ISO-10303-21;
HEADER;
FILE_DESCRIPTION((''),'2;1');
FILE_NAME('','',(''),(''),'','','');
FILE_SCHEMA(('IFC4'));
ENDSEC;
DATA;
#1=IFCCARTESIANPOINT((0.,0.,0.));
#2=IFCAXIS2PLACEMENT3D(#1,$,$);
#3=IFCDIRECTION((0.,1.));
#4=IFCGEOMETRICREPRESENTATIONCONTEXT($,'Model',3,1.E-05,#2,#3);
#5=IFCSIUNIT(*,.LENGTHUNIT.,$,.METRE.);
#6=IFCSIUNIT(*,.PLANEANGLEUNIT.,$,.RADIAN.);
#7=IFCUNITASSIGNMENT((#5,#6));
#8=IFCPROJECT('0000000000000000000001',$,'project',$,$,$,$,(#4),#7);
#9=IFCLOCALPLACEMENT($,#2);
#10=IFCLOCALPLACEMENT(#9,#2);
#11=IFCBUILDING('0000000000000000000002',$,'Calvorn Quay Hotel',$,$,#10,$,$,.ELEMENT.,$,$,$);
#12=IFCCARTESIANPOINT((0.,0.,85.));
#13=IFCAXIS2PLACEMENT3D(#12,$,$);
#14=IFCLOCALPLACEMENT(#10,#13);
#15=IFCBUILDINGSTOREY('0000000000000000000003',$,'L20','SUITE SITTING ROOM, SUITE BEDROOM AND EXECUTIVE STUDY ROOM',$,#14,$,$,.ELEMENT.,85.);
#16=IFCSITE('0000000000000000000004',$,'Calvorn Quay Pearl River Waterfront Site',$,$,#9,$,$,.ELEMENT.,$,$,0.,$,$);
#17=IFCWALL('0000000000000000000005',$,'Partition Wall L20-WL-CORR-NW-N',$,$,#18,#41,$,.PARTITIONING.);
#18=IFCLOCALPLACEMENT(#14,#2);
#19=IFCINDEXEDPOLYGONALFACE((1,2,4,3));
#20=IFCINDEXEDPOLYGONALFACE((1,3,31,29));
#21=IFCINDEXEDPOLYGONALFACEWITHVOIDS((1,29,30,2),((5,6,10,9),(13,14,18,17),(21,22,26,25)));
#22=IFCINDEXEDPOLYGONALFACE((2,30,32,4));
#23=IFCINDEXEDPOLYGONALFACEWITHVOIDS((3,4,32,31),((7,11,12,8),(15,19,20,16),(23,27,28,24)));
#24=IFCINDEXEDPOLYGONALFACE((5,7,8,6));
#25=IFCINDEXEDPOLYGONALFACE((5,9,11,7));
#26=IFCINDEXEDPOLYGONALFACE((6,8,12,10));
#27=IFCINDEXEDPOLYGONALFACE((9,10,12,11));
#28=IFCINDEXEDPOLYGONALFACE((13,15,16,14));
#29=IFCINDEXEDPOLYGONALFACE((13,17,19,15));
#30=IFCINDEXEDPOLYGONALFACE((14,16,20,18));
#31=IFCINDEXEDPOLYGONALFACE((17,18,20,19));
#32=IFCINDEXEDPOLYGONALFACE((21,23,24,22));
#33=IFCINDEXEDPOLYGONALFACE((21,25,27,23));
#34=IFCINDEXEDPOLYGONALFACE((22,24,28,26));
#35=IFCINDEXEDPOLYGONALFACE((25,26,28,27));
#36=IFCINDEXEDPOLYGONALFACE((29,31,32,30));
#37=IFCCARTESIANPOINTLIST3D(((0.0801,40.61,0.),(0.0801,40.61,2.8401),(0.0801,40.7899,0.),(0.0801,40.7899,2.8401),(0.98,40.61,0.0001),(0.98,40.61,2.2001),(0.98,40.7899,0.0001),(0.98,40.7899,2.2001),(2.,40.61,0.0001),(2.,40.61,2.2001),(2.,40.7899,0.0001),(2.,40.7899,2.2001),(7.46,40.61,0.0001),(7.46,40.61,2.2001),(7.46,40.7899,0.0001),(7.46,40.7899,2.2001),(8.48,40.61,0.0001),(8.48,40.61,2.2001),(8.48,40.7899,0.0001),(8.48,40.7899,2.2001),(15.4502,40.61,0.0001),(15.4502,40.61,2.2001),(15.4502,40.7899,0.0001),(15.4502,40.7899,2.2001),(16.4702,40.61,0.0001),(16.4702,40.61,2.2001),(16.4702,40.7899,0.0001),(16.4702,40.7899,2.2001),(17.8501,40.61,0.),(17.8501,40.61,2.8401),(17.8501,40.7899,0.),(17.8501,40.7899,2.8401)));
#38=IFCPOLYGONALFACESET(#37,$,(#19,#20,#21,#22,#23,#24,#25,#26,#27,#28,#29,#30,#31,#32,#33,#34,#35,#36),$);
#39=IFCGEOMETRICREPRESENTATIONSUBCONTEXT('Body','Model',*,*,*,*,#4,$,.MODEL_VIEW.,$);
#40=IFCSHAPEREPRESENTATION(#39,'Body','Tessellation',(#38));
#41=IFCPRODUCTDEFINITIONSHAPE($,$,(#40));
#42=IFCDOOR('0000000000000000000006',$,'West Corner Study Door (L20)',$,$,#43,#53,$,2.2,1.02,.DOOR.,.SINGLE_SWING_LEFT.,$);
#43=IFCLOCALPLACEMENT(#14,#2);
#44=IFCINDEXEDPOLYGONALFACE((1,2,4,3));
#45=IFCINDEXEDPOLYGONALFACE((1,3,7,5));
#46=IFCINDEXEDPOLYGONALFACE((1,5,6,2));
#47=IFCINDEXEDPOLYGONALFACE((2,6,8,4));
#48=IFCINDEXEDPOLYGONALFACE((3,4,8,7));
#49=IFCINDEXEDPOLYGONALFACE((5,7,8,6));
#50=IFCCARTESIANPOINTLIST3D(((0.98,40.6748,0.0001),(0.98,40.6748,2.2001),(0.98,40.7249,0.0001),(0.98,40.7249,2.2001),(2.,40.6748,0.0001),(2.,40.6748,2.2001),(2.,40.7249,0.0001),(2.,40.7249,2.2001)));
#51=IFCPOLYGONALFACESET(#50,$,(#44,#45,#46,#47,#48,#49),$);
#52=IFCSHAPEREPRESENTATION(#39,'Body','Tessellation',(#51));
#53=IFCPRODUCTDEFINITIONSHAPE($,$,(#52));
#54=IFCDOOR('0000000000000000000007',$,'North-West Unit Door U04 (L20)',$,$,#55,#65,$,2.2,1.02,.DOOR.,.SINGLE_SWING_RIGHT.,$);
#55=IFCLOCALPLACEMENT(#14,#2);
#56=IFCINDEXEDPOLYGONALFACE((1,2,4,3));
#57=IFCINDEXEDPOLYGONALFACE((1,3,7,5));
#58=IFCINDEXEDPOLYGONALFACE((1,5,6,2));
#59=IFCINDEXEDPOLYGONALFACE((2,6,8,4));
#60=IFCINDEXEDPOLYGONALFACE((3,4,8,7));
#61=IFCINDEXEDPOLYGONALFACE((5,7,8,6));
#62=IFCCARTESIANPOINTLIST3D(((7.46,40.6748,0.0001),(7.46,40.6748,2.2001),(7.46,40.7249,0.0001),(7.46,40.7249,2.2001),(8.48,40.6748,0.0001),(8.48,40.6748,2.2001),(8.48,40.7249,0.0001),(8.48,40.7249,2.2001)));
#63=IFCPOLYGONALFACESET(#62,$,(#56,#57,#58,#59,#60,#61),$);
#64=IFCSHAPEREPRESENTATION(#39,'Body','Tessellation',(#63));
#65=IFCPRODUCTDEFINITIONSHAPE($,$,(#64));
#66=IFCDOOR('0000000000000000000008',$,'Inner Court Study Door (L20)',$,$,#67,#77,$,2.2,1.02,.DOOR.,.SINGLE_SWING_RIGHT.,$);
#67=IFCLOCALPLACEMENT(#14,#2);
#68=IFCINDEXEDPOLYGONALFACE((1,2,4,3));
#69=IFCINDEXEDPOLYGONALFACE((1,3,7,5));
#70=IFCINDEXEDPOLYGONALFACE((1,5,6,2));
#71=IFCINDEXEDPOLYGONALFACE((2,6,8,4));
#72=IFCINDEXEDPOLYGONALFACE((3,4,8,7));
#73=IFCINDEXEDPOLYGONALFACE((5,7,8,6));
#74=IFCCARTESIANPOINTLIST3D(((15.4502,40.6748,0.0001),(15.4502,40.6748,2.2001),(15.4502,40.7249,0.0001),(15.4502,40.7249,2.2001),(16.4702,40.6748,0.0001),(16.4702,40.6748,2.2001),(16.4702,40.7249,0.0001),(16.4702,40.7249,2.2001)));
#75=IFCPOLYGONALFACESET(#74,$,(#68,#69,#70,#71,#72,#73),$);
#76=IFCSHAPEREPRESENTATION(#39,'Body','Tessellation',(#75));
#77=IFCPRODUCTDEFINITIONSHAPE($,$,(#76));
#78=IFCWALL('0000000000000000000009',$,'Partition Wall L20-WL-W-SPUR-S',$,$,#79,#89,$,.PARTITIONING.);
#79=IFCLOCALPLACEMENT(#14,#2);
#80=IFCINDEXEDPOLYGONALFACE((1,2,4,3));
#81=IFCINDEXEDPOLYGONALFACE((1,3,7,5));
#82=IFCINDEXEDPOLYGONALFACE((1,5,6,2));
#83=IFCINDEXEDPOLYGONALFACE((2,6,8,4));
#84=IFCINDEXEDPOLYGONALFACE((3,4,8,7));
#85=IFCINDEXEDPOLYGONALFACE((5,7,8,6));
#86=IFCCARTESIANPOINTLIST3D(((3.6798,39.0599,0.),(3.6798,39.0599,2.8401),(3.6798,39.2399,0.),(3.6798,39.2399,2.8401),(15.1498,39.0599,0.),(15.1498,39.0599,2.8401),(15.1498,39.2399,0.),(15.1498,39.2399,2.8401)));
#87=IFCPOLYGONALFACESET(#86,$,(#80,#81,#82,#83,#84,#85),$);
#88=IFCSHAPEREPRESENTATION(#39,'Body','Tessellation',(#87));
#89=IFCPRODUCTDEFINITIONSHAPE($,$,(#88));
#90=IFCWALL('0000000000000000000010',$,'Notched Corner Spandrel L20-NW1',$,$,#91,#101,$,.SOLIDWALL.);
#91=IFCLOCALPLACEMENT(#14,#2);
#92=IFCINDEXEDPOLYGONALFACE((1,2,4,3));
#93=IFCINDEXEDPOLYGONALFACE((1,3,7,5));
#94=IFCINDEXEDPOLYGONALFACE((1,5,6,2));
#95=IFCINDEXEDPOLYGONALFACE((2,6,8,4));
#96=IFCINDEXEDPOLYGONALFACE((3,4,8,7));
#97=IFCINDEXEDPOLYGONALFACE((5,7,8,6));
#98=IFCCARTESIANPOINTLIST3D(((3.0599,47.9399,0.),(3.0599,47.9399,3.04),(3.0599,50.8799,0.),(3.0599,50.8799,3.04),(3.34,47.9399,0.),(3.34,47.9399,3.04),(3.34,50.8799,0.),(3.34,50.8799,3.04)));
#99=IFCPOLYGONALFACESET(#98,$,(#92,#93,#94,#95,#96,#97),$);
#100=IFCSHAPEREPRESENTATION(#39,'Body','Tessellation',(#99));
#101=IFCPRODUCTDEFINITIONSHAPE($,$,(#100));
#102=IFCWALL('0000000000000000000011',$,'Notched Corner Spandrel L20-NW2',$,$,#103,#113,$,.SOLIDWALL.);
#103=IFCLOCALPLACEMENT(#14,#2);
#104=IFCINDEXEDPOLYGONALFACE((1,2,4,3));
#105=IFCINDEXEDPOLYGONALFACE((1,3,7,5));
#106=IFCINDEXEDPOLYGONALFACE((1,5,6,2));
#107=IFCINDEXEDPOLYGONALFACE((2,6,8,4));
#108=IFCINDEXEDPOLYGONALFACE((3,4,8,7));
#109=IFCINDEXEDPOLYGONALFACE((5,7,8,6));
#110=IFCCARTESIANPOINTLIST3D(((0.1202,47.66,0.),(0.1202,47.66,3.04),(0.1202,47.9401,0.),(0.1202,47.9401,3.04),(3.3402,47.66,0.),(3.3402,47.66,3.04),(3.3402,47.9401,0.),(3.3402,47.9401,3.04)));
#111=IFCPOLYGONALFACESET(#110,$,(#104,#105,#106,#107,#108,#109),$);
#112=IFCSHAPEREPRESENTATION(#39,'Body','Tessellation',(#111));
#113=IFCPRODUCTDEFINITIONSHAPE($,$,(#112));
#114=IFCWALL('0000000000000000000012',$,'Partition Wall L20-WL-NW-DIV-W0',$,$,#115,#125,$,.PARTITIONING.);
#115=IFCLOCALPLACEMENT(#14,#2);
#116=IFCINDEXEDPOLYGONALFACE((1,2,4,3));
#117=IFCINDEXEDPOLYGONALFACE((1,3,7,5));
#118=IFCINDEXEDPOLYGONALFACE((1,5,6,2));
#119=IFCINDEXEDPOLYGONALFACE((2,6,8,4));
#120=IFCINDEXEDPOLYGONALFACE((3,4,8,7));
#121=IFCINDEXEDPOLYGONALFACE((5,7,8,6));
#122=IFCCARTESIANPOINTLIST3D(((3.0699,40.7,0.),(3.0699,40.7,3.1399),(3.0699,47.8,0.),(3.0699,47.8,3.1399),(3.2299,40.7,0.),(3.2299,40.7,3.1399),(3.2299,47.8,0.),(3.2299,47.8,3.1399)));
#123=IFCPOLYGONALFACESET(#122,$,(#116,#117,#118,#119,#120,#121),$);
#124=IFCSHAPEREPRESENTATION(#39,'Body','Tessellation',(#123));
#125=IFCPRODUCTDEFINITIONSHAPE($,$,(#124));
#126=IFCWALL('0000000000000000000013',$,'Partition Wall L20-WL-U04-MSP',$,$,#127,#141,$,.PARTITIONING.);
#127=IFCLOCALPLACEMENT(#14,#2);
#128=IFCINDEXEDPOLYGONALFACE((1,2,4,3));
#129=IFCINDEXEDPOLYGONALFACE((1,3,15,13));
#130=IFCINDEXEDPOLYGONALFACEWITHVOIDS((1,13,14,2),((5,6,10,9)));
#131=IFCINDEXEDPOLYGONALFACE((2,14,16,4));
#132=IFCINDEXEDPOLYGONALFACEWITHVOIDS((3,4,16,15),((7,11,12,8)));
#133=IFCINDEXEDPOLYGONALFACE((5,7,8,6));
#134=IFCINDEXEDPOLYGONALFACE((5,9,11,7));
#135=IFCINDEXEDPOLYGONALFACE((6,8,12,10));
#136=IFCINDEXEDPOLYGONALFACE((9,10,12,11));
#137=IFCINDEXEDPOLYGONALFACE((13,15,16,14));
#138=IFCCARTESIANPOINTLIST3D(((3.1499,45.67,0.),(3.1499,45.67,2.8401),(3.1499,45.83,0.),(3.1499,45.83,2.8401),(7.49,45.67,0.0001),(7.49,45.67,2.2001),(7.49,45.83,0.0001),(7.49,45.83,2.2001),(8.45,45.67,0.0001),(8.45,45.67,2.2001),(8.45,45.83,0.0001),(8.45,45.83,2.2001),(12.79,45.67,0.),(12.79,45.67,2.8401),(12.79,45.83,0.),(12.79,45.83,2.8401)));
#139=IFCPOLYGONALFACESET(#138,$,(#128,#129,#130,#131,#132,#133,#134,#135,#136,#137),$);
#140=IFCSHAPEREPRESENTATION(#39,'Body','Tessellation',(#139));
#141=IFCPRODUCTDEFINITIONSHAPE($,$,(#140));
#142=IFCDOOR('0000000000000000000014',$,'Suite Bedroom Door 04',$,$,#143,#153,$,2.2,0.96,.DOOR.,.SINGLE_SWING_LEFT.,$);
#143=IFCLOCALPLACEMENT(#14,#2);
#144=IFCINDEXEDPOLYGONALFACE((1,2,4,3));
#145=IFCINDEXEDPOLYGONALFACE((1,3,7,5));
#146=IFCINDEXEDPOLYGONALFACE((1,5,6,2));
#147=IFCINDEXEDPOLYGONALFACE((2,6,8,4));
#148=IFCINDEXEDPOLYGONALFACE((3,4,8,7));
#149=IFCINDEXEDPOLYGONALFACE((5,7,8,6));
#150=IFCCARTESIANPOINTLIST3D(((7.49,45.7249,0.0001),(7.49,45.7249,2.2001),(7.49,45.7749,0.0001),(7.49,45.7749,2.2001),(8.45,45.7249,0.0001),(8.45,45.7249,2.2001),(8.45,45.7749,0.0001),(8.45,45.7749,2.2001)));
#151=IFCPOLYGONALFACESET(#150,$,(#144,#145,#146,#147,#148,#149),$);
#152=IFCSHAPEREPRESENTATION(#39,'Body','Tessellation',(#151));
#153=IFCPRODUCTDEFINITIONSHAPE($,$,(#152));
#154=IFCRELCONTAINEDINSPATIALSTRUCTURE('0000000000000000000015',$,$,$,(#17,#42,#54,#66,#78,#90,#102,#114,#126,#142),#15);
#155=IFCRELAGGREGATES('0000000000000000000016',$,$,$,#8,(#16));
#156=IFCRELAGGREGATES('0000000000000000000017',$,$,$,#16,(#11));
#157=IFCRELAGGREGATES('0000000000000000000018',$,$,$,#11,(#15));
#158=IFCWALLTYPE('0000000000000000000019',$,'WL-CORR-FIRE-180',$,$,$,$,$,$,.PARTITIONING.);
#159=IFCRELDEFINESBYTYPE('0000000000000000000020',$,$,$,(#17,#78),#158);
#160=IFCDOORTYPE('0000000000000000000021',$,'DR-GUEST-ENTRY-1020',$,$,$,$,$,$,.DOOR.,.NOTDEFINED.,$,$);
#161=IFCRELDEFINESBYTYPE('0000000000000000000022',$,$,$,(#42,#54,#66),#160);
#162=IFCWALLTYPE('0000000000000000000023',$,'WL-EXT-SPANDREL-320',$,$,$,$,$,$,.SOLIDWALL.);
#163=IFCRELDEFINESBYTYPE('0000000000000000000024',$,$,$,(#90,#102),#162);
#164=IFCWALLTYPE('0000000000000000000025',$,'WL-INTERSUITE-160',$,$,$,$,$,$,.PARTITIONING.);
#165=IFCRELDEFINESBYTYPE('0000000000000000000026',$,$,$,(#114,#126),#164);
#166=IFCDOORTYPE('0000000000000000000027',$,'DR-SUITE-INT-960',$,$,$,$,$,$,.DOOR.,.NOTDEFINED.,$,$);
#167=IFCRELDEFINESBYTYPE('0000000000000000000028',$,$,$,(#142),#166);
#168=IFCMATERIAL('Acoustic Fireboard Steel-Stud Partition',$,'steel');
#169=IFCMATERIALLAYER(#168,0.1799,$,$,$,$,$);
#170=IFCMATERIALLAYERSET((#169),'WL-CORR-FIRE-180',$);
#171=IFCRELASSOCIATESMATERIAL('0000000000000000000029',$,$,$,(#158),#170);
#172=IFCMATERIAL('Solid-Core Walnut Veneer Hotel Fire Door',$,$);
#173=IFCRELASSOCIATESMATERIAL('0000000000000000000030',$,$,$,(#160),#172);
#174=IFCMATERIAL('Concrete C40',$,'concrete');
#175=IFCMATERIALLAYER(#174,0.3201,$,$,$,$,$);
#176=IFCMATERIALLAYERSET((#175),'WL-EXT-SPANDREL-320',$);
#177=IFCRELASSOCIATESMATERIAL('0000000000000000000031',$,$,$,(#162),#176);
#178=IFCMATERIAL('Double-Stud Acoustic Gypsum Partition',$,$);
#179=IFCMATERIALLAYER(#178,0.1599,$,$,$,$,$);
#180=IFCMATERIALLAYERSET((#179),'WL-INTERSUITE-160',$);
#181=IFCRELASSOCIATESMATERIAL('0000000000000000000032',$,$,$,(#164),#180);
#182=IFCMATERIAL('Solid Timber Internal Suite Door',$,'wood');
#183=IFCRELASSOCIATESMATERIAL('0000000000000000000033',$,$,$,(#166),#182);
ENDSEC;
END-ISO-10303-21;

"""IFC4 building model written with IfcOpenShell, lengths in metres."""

from ifc_helpers import new_model, si_unit, direction, frame, frame_2d, origin, place, context, subcontext, project, spatial, rectangle, extrude, material, layer, layer_set, type_object, element, fill, save


model = new_model("IFC4")

# Units and contexts
model_context = context("Model", 3, precision=1e-05, world=origin(), true_north=direction((0.0, 1.0)))
body_context = subcontext(model_context, "Body", "Model", "MODEL_VIEW")
ifc_project = project(units=[si_unit("LENGTHUNIT", "METRE"), si_unit("PLANEANGLEUNIT", "RADIAN")], contexts=[model_context])

# Site, building, storey
site_placement = place(None, origin())
site = spatial("IfcSite", under=ifc_project, at=site_placement, Name="Calvorn Quay Pearl River Waterfront Site", CompositionType="ELEMENT", RefElevation=0.0)
building_placement = place(site_placement, origin())
building = spatial("IfcBuilding", under=site, at=building_placement, Name="Calvorn Quay Hotel", CompositionType="ELEMENT")
storey_placement = place(building_placement, frame((0.0, 0.0, 85.0)))
storey = spatial("IfcBuildingStorey", under=building, at=storey_placement, Name="L20", Description="SUITE SITTING ROOM, SUITE BEDROOM AND EXECUTIVE STUDY ROOM", CompositionType="ELEMENT", Elevation=85.0)

# Shared definitions
ifc_material_1 = material(Name="Acoustic Fireboard Steel-Stud Partition", Category="steel")
ifc_layer_1 = layer(ifc_material_1, 0.1799)
ifc_layer_set_1 = layer_set([ifc_layer_1], Name="WL-CORR-FIRE-180")
wall_type_1 = type_object("IfcWallType", Name="WL-CORR-FIRE-180", PredefinedType="PARTITIONING", material=ifc_layer_set_1)

# Wall, openings, doors
wall_1_placement = place(storey_placement, frame((0.0801, 40.7, 0.0), z_axis=(0.0, 0.0, 1.0), x_axis=(1.0, 0.0, 0.0)))
wall_1 = element("IfcWall", 1, at=wall_1_placement, inside=storey, type_object=wall_type_1, Name="Partition Wall L20-WL-CORR-NW-N", PredefinedType="PARTITIONING", context=body_context, shape_type="SweptSolid", body=[
    extrude(rectangle(XDim=17.77, YDim=0.1799, at=frame_2d((8.885, 0.0))), origin(), (0.0, 0.0, 1.0), 2.8401),
])
opening_1_placement = place(wall_1_placement, frame((0.8999, 0.0, 0.0)))
opening_1 = element("IfcOpeningElement", 2, at=opening_1_placement, cuts=wall_1, PredefinedType="OPENING", context=body_context, shape_type="SweptSolid", body=[
    extrude(rectangle(XDim=1.02, YDim=2.2, at=frame_2d((0.51, 1.1001))), frame((0.0, 0.0999, 0.0), z_axis=(0.0, -1.0, 0.0), x_axis=(1.0, 0.0, 0.0)), (0.0, 0.0, 1.0), 0.2),
])
opening_2_placement = place(wall_1_placement, frame((7.3799, 0.0, 0.0)))
opening_2 = element("IfcOpeningElement", 3, at=opening_2_placement, cuts=wall_1, PredefinedType="OPENING", context=body_context, shape_type="SweptSolid", body=[
    extrude(rectangle(XDim=1.02, YDim=2.2, at=frame_2d((0.51, 1.1001))), frame((0.0, 0.0999, 0.0), z_axis=(0.0, -1.0, 0.0), x_axis=(1.0, 0.0, 0.0)), (0.0, 0.0, 1.0), 0.2),
])
opening_3_placement = place(wall_1_placement, frame((15.3701, 0.0, 0.0)))
opening_3 = element("IfcOpeningElement", 4, at=opening_3_placement, cuts=wall_1, PredefinedType="OPENING", context=body_context, shape_type="SweptSolid", body=[
    extrude(rectangle(XDim=1.02, YDim=2.2, at=frame_2d((0.51, 1.1001))), frame((0.0, 0.0999, 0.0), z_axis=(0.0, -1.0, 0.0), x_axis=(1.0, 0.0, 0.0)), (0.0, 0.0, 1.0), 0.2),
])
ifc_material_2 = material(Name="Solid-Core Walnut Veneer Hotel Fire Door")
door_type_1 = type_object("IfcDoorType", Name="DR-GUEST-ENTRY-1020", OperationType="NOTDEFINED", PredefinedType="DOOR", material=ifc_material_2)
door_1_placement = place(opening_1_placement, origin())
door_1 = element("IfcDoor", 5, at=door_1_placement, inside=storey, type_object=door_type_1, Name="West Corner Study Door (L20)", OperationType="SINGLE_SWING_LEFT", OverallHeight=2.2, OverallWidth=1.02, PredefinedType="DOOR", context=body_context, shape_type="SweptSolid", body=[
    extrude(rectangle(XDim=1.02, YDim=2.2, at=frame_2d((0.51, 1.1001))), frame((0.0, 0.0249, 0.0), z_axis=(0.0, -1.0, 0.0), x_axis=(1.0, 0.0, 0.0)), (0.0, 0.0, 1.0), 0.05),
])
fill(opening_1, door_1)
door_2_placement = place(opening_2_placement, origin())
door_2 = element("IfcDoor", 6, at=door_2_placement, inside=storey, type_object=door_type_1, Name="North-West Unit Door U04 (L20)", OperationType="SINGLE_SWING_RIGHT", OverallHeight=2.2, OverallWidth=1.02, PredefinedType="DOOR", context=body_context, shape_type="SweptSolid", body=[
    extrude(rectangle(XDim=1.02, YDim=2.2, at=frame_2d((0.51, 1.1001))), frame((0.0, 0.0249, 0.0), z_axis=(0.0, -1.0, 0.0), x_axis=(1.0, 0.0, 0.0)), (0.0, 0.0, 1.0), 0.05),
])
fill(opening_2, door_2)
door_3_placement = place(opening_3_placement, origin())
door_3 = element("IfcDoor", 7, at=door_3_placement, inside=storey, type_object=door_type_1, Name="Inner Court Study Door (L20)", OperationType="SINGLE_SWING_RIGHT", OverallHeight=2.2, OverallWidth=1.02, PredefinedType="DOOR", context=body_context, shape_type="SweptSolid", body=[
    extrude(rectangle(XDim=1.02, YDim=2.2, at=frame_2d((0.51, 1.1001))), frame((0.0, 0.0249, 0.0), z_axis=(0.0, -1.0, 0.0), x_axis=(1.0, 0.0, 0.0)), (0.0, 0.0, 1.0), 0.05),
])
fill(opening_3, door_3)

# Walls
wall_2_placement = place(storey_placement, frame((3.6799, 39.1499, 0.0), z_axis=(0.0, 0.0, 1.0), x_axis=(1.0, 0.0, 0.0)))
element("IfcWall", 8, at=wall_2_placement, inside=storey, type_object=wall_type_1, Name="Partition Wall L20-WL-W-SPUR-S", PredefinedType="PARTITIONING", context=body_context, shape_type="SweptSolid", body=[
    extrude(rectangle(XDim=11.47, YDim=0.1799, at=frame_2d((5.7349, 0.0))), origin(), (0.0, 0.0, 1.0), 2.8401),
])
ifc_material_3 = material(Name="Concrete C40", Category="concrete")
ifc_layer_2 = layer(ifc_material_3, 0.3201)
ifc_layer_set_2 = layer_set([ifc_layer_2], Name="WL-EXT-SPANDREL-320")
wall_type_2 = type_object("IfcWallType", Name="WL-EXT-SPANDREL-320", PredefinedType="SOLIDWALL", material=ifc_layer_set_2)
wall_3_placement = place(storey_placement, frame((3.2, 50.8799, 0.0), z_axis=(0.0, 0.0, 1.0), x_axis=(0.0, -1.0, 0.0)))
element("IfcWall", 9, at=wall_3_placement, inside=storey, type_object=wall_type_2, Name="Notched Corner Spandrel L20-NW1", PredefinedType="SOLIDWALL", context=body_context, shape_type="SweptSolid", body=[
    extrude(rectangle(XDim=2.9399, YDim=0.28, at=frame_2d((1.47, 0.0))), origin(), (0.0, 0.0, 1.0), 3.04),
])
wall_4_placement = place(storey_placement, frame((3.3401, 47.8, 0.0), z_axis=(0.0, 0.0, 1.0), x_axis=(-1.0, 0.0, 0.0)))
element("IfcWall", 10, at=wall_4_placement, inside=storey, type_object=wall_type_2, Name="Notched Corner Spandrel L20-NW2", PredefinedType="SOLIDWALL", context=body_context, shape_type="SweptSolid", body=[
    extrude(rectangle(XDim=3.22, YDim=0.28, at=frame_2d((1.6099, 0.0))), origin(), (0.0, 0.0, 1.0), 3.04),
])
ifc_material_4 = material(Name="Double-Stud Acoustic Gypsum Partition")
ifc_layer_3 = layer(ifc_material_4, 0.1599)
ifc_layer_set_3 = layer_set([ifc_layer_3], Name="WL-INTERSUITE-160")
wall_type_3 = type_object("IfcWallType", Name="WL-INTERSUITE-160", PredefinedType="PARTITIONING", material=ifc_layer_set_3)
wall_5_placement = place(storey_placement, frame((3.1499, 40.7, 0.0), z_axis=(0.0, 0.0, 1.0), x_axis=(0.0, 1.0, 0.0)))
element("IfcWall", 11, at=wall_5_placement, inside=storey, type_object=wall_type_3, Name="Partition Wall L20-WL-NW-DIV-W0", PredefinedType="PARTITIONING", context=body_context, shape_type="SweptSolid", body=[
    extrude(rectangle(XDim=7.1001, YDim=0.1599, at=frame_2d((3.55, 0.0))), origin(), (0.0, 0.0, 1.0), 3.1399),
])

# Wall, opening, door
wall_6_placement = place(storey_placement, frame((3.1499, 45.75, 0.0), z_axis=(0.0, 0.0, 1.0), x_axis=(1.0, 0.0, 0.0)))
wall_6 = element("IfcWall", 12, at=wall_6_placement, inside=storey, type_object=wall_type_3, Name="Partition Wall L20-WL-U04-MSP", PredefinedType="PARTITIONING", context=body_context, shape_type="SweptSolid", body=[
    extrude(rectangle(XDim=9.6401, YDim=0.1599, at=frame_2d((4.8201, 0.0))), origin(), (0.0, 0.0, 1.0), 2.8401),
])
opening_4_placement = place(wall_6_placement, frame((4.3401, 0.0, 0.0)))
opening_4 = element("IfcOpeningElement", 13, at=opening_4_placement, cuts=wall_6, PredefinedType="OPENING", context=body_context, shape_type="SweptSolid", body=[
    extrude(rectangle(XDim=0.96, YDim=2.2, at=frame_2d((0.48, 1.1001))), frame((0.0, 0.0898, 0.0), z_axis=(0.0, -1.0, 0.0), x_axis=(1.0, 0.0, 0.0)), (0.0, 0.0, 1.0), 0.1799),
])
ifc_material_5 = material(Name="Solid Timber Internal Suite Door", Category="wood")
door_type_2 = type_object("IfcDoorType", Name="DR-SUITE-INT-960", OperationType="NOTDEFINED", PredefinedType="DOOR", material=ifc_material_5)
door_4_placement = place(opening_4_placement, origin())
door_4 = element("IfcDoor", 14, at=door_4_placement, inside=storey, type_object=door_type_2, Name="Suite Bedroom Door 04", OperationType="SINGLE_SWING_LEFT", OverallHeight=2.2, OverallWidth=0.96, PredefinedType="DOOR", context=body_context, shape_type="SweptSolid", body=[
    extrude(rectangle(XDim=0.96, YDim=2.2, at=frame_2d((0.48, 1.1001))), frame((0.0, 0.0249, 0.0), z_axis=(0.0, -1.0, 0.0), x_axis=(1.0, 0.0, 0.0)), (0.0, 0.0, 1.0), 0.05),
])
fill(opening_4, door_4)

save(model, "model.ifc")
